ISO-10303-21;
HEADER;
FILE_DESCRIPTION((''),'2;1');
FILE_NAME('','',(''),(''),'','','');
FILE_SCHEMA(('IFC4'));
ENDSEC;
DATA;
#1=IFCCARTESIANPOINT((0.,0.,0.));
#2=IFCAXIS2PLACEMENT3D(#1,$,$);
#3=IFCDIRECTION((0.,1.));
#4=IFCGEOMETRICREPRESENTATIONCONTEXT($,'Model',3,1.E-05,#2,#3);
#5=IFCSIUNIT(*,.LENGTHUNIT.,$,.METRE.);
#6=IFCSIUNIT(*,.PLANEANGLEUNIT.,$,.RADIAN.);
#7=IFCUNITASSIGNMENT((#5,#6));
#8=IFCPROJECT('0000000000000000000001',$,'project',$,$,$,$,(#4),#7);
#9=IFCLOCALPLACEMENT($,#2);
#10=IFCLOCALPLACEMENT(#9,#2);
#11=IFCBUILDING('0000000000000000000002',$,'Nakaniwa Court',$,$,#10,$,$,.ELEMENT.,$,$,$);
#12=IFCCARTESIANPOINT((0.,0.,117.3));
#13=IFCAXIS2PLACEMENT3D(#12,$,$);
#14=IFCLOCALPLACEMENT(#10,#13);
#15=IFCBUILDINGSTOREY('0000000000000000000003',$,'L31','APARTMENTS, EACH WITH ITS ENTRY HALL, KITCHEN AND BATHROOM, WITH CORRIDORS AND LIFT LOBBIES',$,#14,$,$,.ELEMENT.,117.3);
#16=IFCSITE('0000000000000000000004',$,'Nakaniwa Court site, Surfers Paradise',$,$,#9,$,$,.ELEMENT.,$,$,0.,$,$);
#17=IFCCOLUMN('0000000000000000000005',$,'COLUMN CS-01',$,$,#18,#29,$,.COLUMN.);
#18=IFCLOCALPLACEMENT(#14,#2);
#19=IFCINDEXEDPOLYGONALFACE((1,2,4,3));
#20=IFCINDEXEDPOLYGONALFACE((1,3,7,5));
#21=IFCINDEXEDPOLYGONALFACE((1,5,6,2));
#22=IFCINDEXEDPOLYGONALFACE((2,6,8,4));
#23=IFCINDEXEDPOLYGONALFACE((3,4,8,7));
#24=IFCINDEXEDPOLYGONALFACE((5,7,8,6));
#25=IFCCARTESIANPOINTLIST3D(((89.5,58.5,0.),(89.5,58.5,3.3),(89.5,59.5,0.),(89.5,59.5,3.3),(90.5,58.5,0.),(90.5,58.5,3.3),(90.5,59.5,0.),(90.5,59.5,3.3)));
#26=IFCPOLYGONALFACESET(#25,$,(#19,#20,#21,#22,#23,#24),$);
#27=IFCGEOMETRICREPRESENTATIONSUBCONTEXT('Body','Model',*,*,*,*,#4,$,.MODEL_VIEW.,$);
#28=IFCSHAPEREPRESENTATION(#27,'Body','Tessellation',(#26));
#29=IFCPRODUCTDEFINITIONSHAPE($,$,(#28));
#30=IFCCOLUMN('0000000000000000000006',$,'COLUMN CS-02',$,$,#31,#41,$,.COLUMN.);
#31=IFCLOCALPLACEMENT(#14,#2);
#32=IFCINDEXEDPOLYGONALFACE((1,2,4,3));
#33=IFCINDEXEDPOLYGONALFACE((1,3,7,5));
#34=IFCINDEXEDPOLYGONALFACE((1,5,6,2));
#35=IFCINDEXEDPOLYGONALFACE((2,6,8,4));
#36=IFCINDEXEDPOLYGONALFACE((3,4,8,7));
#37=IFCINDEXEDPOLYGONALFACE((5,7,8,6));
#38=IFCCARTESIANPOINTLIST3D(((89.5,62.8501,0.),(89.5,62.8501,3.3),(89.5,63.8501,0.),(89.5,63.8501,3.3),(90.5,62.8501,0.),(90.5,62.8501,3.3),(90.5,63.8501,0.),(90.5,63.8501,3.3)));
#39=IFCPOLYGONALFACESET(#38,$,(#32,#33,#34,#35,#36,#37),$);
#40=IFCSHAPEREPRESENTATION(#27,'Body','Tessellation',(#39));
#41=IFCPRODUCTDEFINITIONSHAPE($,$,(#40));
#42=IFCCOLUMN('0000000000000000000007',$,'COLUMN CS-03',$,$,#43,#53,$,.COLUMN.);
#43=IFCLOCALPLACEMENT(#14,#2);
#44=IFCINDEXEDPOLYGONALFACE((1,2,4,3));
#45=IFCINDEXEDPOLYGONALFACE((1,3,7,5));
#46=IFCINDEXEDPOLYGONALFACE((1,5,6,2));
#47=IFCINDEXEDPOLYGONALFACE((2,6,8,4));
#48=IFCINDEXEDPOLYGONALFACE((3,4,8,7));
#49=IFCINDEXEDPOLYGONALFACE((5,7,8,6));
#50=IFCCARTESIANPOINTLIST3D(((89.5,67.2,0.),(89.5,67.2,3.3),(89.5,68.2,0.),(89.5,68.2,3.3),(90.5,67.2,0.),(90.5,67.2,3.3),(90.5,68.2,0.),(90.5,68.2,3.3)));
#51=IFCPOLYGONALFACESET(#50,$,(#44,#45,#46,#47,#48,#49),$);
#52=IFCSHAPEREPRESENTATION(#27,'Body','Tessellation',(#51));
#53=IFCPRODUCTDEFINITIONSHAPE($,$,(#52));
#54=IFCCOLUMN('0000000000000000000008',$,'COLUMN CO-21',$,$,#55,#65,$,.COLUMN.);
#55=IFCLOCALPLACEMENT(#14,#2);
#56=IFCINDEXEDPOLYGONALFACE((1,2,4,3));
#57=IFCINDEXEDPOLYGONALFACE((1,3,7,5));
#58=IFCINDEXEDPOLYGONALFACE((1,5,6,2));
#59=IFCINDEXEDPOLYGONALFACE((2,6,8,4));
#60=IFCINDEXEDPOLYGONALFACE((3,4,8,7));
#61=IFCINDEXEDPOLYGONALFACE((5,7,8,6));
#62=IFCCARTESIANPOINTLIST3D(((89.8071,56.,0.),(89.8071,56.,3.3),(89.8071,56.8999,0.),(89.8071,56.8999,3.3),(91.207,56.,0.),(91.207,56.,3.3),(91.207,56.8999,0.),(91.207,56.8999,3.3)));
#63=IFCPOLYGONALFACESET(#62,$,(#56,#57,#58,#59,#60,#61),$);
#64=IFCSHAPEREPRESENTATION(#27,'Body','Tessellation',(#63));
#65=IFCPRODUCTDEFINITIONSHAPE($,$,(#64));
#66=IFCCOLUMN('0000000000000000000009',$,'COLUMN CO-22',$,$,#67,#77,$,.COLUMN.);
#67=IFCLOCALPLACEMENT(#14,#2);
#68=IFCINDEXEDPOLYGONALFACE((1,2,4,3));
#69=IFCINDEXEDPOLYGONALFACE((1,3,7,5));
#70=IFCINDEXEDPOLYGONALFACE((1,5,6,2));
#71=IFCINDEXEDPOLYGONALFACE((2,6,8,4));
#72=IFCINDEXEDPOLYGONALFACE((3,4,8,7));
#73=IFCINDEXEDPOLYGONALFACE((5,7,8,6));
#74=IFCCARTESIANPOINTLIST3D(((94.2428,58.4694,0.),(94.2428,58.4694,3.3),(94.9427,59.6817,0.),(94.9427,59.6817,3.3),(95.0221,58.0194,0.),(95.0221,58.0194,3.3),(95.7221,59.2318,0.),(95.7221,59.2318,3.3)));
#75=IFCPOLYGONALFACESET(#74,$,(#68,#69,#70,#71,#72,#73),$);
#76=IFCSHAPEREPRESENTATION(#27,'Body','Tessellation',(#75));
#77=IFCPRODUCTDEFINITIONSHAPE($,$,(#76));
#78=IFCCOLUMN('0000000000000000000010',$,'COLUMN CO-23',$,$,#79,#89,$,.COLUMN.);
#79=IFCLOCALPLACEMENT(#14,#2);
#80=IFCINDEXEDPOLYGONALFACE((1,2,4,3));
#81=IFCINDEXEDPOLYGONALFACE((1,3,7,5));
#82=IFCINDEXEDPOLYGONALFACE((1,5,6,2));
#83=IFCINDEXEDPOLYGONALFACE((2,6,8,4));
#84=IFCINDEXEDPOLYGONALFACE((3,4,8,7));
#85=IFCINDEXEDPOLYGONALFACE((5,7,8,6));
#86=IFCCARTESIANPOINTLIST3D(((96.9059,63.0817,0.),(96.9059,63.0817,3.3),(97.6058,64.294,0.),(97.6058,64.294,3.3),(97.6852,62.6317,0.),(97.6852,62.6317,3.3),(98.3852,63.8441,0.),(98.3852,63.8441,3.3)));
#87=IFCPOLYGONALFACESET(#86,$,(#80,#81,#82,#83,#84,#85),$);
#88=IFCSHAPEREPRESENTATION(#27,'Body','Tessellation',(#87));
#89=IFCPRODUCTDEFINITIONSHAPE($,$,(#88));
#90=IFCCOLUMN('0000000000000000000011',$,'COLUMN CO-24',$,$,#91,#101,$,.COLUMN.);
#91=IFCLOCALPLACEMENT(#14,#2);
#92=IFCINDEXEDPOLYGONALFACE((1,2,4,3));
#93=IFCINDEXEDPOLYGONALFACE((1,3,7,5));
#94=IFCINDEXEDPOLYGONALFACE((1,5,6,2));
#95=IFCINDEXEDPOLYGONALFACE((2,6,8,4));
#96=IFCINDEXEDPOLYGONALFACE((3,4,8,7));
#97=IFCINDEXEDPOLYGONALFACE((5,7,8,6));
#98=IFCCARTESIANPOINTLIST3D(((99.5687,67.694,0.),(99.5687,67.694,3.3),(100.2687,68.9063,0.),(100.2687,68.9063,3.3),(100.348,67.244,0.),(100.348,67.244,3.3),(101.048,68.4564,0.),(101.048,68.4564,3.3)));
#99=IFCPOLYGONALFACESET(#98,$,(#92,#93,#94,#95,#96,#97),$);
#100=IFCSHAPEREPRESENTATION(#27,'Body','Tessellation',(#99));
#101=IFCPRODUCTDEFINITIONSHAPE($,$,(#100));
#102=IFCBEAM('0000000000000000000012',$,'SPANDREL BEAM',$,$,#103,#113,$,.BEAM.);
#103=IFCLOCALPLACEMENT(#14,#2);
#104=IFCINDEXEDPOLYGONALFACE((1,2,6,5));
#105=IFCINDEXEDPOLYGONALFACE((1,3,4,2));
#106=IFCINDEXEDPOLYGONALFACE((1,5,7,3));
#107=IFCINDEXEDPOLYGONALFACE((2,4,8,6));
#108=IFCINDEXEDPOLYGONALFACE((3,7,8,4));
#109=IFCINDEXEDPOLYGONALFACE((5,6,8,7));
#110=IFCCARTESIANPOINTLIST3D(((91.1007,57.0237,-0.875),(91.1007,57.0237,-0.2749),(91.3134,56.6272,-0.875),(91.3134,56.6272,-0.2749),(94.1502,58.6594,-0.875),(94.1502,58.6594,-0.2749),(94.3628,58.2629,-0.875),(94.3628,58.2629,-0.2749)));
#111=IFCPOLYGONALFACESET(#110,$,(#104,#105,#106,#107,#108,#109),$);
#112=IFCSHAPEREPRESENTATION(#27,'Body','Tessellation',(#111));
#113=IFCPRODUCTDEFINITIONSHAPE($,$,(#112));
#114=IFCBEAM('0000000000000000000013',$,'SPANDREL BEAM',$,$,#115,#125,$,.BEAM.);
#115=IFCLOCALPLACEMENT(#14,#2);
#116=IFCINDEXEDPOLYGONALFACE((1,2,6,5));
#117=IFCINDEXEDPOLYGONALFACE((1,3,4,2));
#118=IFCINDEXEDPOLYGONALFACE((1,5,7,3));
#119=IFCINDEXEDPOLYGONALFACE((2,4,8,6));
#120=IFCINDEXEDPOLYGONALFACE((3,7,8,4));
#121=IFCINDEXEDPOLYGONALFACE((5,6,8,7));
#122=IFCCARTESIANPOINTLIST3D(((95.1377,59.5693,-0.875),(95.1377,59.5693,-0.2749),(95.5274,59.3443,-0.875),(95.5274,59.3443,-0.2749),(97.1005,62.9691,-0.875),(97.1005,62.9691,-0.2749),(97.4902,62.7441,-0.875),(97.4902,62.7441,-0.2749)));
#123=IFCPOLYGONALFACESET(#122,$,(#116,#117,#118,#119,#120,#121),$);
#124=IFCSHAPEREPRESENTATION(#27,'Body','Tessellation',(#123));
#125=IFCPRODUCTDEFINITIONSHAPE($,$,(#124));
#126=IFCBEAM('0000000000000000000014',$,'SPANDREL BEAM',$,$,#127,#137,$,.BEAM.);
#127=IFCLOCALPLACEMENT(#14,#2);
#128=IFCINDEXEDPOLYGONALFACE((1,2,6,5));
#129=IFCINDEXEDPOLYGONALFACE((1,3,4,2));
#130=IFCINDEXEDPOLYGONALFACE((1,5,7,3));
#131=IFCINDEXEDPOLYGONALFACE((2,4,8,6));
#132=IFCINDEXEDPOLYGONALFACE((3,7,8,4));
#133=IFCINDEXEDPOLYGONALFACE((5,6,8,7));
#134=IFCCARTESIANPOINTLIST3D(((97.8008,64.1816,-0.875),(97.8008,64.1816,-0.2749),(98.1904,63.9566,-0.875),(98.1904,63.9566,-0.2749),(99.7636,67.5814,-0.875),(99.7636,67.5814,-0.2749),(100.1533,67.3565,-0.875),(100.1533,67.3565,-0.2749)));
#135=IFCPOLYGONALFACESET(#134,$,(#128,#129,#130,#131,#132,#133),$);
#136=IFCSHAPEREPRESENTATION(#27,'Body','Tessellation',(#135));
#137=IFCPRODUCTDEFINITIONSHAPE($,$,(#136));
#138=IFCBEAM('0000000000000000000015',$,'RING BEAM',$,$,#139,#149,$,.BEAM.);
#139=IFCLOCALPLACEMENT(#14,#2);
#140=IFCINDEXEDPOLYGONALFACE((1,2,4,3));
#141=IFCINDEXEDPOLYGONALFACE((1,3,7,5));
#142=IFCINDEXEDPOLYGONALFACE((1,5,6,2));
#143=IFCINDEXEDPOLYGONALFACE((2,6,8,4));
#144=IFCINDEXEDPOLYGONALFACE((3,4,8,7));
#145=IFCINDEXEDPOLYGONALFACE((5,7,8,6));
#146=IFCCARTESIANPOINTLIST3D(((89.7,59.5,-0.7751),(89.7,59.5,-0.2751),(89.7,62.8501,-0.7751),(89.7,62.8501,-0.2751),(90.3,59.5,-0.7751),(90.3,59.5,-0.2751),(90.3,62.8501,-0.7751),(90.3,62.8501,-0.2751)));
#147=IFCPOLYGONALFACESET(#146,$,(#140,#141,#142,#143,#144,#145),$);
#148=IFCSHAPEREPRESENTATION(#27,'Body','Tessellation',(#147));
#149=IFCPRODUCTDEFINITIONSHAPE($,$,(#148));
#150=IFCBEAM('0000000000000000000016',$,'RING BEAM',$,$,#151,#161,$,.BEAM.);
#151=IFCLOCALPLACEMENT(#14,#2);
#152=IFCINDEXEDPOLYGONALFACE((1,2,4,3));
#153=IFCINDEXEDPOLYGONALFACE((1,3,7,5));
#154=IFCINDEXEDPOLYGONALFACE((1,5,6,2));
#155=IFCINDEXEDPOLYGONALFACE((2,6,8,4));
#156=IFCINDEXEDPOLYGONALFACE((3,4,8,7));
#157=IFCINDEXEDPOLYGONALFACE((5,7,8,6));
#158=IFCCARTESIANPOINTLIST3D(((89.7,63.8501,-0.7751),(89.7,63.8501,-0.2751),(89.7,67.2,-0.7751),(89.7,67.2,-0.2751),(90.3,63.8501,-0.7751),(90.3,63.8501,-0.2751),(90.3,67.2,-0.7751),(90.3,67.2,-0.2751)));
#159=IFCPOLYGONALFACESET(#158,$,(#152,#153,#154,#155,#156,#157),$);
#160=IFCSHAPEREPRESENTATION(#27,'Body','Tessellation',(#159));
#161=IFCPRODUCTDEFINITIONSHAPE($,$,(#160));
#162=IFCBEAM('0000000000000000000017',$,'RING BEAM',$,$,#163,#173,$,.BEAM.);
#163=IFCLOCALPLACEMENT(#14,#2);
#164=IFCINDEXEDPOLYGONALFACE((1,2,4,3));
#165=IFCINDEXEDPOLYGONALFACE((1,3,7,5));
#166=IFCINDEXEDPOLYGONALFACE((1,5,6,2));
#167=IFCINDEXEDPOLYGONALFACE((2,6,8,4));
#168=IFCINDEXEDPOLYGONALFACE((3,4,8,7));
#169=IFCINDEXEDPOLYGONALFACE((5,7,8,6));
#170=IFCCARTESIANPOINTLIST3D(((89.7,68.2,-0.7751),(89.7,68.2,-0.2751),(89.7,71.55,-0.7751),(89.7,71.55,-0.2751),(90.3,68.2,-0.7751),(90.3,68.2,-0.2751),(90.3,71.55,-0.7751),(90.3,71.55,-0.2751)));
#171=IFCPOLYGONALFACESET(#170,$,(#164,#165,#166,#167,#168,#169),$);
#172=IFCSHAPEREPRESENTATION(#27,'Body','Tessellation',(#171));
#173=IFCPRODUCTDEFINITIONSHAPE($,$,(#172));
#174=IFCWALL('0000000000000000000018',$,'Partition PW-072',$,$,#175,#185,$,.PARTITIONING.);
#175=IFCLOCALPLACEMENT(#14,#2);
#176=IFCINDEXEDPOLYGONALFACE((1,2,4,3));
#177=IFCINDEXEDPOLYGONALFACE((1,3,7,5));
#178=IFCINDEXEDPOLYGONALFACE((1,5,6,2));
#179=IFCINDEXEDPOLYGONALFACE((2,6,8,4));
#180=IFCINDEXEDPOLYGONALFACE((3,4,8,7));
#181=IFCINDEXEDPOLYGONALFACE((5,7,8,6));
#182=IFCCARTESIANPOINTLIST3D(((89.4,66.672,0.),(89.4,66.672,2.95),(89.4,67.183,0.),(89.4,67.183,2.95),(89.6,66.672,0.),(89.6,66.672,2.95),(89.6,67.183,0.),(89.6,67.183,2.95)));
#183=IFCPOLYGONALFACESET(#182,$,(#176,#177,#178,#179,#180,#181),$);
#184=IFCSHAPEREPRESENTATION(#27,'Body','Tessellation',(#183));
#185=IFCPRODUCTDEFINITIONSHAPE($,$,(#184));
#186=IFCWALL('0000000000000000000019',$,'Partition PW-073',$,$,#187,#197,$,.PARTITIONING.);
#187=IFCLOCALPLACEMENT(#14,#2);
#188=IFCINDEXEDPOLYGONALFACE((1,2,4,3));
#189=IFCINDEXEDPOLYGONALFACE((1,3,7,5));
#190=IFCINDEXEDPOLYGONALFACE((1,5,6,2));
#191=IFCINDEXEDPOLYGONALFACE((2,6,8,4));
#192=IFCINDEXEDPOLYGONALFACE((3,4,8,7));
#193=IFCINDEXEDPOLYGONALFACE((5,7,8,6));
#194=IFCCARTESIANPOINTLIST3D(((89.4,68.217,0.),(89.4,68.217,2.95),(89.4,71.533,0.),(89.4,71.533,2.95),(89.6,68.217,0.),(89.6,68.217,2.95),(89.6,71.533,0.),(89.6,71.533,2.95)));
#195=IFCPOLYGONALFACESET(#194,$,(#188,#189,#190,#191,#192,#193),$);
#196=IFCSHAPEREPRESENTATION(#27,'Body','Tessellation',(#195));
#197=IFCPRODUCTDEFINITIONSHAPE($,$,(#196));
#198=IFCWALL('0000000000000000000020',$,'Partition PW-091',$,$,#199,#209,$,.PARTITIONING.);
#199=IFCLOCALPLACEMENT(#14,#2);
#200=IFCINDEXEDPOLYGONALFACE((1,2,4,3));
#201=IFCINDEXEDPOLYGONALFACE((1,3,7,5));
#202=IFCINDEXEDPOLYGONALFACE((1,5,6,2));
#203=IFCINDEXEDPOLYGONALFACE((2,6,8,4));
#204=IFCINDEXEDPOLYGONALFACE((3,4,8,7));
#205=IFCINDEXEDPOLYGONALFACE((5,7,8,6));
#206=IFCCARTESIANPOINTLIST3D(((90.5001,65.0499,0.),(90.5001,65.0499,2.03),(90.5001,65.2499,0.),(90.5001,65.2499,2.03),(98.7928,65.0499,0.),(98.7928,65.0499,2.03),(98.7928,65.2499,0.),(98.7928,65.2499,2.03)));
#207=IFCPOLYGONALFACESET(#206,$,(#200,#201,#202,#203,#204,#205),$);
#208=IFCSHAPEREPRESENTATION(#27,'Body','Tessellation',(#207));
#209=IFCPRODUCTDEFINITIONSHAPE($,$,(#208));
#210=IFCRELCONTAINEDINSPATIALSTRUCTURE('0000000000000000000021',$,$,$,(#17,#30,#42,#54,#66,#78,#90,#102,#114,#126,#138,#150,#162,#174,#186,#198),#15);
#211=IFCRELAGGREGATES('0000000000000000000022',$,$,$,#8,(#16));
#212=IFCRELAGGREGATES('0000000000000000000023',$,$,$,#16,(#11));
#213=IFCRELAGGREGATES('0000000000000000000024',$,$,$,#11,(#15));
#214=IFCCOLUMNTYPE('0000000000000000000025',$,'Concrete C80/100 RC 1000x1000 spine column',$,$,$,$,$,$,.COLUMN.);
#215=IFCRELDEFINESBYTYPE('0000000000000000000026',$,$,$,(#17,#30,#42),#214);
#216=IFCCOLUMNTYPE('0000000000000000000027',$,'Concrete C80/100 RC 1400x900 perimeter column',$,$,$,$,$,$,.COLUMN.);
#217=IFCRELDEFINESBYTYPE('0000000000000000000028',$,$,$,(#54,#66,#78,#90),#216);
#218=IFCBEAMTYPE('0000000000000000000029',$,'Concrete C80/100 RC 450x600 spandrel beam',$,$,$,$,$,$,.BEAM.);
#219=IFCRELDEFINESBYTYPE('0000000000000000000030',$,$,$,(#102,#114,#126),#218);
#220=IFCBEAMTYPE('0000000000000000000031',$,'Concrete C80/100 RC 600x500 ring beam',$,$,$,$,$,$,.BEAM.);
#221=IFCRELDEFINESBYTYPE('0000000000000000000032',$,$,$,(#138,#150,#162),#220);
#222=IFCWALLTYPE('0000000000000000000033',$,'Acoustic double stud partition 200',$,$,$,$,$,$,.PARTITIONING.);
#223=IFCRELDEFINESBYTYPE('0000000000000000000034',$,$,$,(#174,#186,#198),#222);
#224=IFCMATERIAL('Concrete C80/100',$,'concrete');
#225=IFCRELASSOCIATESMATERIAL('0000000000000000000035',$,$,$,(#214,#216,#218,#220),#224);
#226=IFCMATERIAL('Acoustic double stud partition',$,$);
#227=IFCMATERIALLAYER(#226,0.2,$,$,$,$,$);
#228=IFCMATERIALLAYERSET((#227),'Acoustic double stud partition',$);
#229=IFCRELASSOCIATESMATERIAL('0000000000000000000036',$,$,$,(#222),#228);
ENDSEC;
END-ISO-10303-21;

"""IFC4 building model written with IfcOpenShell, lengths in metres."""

from ifc_helpers import new_model, si_unit, direction, frame, frame_2d, origin, origin_2d, place, context, subcontext, project, spatial, rectangle, extrude, material, layer, layer_set, material_profile, profile_set, type_object, element, save


model = new_model("IFC4")

# Units and contexts
model_context = context("Model", 3, precision=1e-05, world=origin(), true_north=direction((0.0, 1.0)))
body_context = subcontext(model_context, "Body", "Model", "MODEL_VIEW")
ifc_project = project(units=[si_unit("LENGTHUNIT", "METRE"), si_unit("PLANEANGLEUNIT", "RADIAN")], contexts=[model_context])

# Site, building, storey
site_placement = place(None, origin())
site = spatial("IfcSite", under=ifc_project, at=site_placement, Name="Nakaniwa Court site, Surfers Paradise", CompositionType="ELEMENT", RefElevation=0.0)
building_placement = place(site_placement, origin())
building = spatial("IfcBuilding", under=site, at=building_placement, Name="Nakaniwa Court", CompositionType="ELEMENT")
storey_placement = place(building_placement, frame((0.0, 0.0, 117.3)))
storey = spatial("IfcBuildingStorey", under=building, at=storey_placement, Name="L31", Description="APARTMENTS, EACH WITH ITS ENTRY HALL, KITCHEN AND BATHROOM, WITH CORRIDORS AND LIFT LOBBIES", CompositionType="ELEMENT", Elevation=117.3)

# Columns
ifc_material_1 = material(Name="Concrete C80/100", Category="concrete")
ifc_material_profile_1 = material_profile(ifc_material_1, rectangle(XDim=1.0, YDim=1.0, at=origin_2d()), Name="Concrete C80/100 RC 1000x1000 spine column")
ifc_profile_set_1 = profile_set([ifc_material_profile_1], Name="Concrete C80/100")
column_type_1 = type_object("IfcColumnType", Name="Concrete C80/100 RC 1000x1000 spine column", PredefinedType="COLUMN", material=ifc_profile_set_1)
for number, where, z_axis, x_axis, name in (
    (1, (90.0, 59.0, 0.0), (0.0, 0.0, 1.0), (0.0, 1.0, 0.0), "COLUMN CS-01"),
    (2, (90.0, 63.3501, 0.0), (0.0, 0.0, 1.0), (0.0, 1.0, 0.0), "COLUMN CS-02"),
    (3, (90.0, 67.7, 0.0), (0.0, 0.0, 1.0), (0.0, 1.0, 0.0), "COLUMN CS-03"),
):
    element("IfcColumn", number, at=place(storey_placement, frame(where, z_axis=z_axis, x_axis=x_axis)), inside=storey, type_object=column_type_1, Name=name, PredefinedType="COLUMN", context=body_context, shape_type="SweptSolid", body=[
        extrude(rectangle(XDim=1.0, YDim=1.0, at=origin_2d()), origin(), (0.0, 0.0, 1.0), 3.3),
    ])
ifc_material_profile_2 = material_profile(ifc_material_1, rectangle(XDim=1.3999, YDim=0.8999, at=origin_2d()), Name="Concrete C80/100 RC 1400x900 perimeter column")
ifc_profile_set_2 = profile_set([ifc_material_profile_2], Name="Concrete C80/100")
column_type_2 = type_object("IfcColumnType", Name="Concrete C80/100 RC 1400x900 perimeter column", PredefinedType="COLUMN", material=ifc_profile_set_2)
for number, where, z_axis, x_axis, name in (
    (4, (90.5071, 56.45, 0.0), (0.0, 0.0, 1.0), (1.0, 0.0, 0.0), "COLUMN CO-21"),
    (5, (94.9824, 58.8506, 0.0), (0.0, 0.0, 1.0), (0.5, 0.866025, 0.0), "COLUMN CO-22"),
    (6, (97.6455, 63.4629, 0.0), (0.0, 0.0, 1.0), (0.5, 0.866025, 0.0), "COLUMN CO-23"),
    (7, (100.3083, 68.0752, 0.0), (0.0, 0.0, 1.0), (0.5, 0.866025, 0.0), "COLUMN CO-24"),
):
    element("IfcColumn", number, at=place(storey_placement, frame(where, z_axis=z_axis, x_axis=x_axis)), inside=storey, type_object=column_type_2, Name=name, PredefinedType="COLUMN", context=body_context, shape_type="SweptSolid", body=[
        extrude(rectangle(XDim=1.3999, YDim=0.8999, at=origin_2d()), origin(), (0.0, 0.0, 1.0), 3.3),
    ])

# Beams
ifc_material_profile_3 = material_profile(ifc_material_1, rectangle(XDim=0.45, YDim=0.6001, at=origin_2d()), Name="Concrete C80/100 RC 450x600 spandrel beam")
ifc_profile_set_3 = profile_set([ifc_material_profile_3], Name="Concrete C80/100")
beam_type_1 = type_object("IfcBeamType", Name="Concrete C80/100 RC 450x600 spandrel beam", PredefinedType="BEAM", material=ifc_profile_set_3)
beam_1_placement = place(storey_placement, frame((91.207, 56.8254, -0.575), z_axis=(0.881233, 0.472681, 0.0), x_axis=(-0.472681, 0.881233, 0.0)))
element("IfcBeam", 8, at=beam_1_placement, inside=storey, type_object=beam_type_1, Name="SPANDREL BEAM", PredefinedType="BEAM", context=body_context, shape_type="SweptSolid", body=[
    extrude(rectangle(XDim=0.45, YDim=0.6001, at=origin_2d()), origin(), (0.0, 0.0, 1.0), 3.4604),
])
for number, where, z_axis, x_axis, name in (
    (9, (95.3325, 59.4568, -0.575), (0.499992, 0.86603, 0.0), (-0.86603, 0.499992, 0.0), "SPANDREL BEAM"),
    (10, (97.9956, 64.0691, -0.575), (0.499992, 0.86603, 0.0), (-0.86603, 0.499992, 0.0), "SPANDREL BEAM"),
):
    element("IfcBeam", number, at=place(storey_placement, frame(where, z_axis=z_axis, x_axis=x_axis)), inside=storey, type_object=beam_type_1, Name=name, PredefinedType="BEAM", context=body_context, shape_type="SweptSolid", body=[
        extrude(rectangle(XDim=0.45, YDim=0.6001, at=origin_2d()), origin(), (0.0, 0.0, 1.0), 3.9258),
    ])
ifc_material_profile_4 = material_profile(ifc_material_1, rectangle(XDim=0.6001, YDim=0.5, at=origin_2d()), Name="Concrete C80/100 RC 600x500 ring beam")
ifc_profile_set_4 = profile_set([ifc_material_profile_4], Name="Concrete C80/100")
beam_type_2 = type_object("IfcBeamType", Name="Concrete C80/100 RC 600x500 ring beam", PredefinedType="BEAM", material=ifc_profile_set_4)
beam_2_placement = place(storey_placement, frame((90.0, 59.5, -0.5251), z_axis=(0.0, 1.0, 0.0), x_axis=(-1.0, 0.0, 0.0)))
element("IfcBeam", 11, at=beam_2_placement, inside=storey, type_object=beam_type_2, Name="RING BEAM", PredefinedType="BEAM", context=body_context, shape_type="SweptSolid", body=[
    extrude(rectangle(XDim=0.6001, YDim=0.5, at=origin_2d()), origin(), (0.0, 0.0, 1.0), 3.3501),
])
beam_3_placement = place(storey_placement, frame((90.0, 63.8501, -0.5251), z_axis=(0.0, 1.0, 0.0), x_axis=(-1.0, 0.0, 0.0)))
element("IfcBeam", 12, at=beam_3_placement, inside=storey, type_object=beam_type_2, Name="RING BEAM", PredefinedType="BEAM", context=body_context, shape_type="SweptSolid", body=[
    extrude(rectangle(XDim=0.6001, YDim=0.5, at=origin_2d()), origin(), (0.0, 0.0, 1.0), 3.3499),
])
beam_4_placement = place(storey_placement, frame((90.0, 68.2, -0.5251), z_axis=(0.0, 1.0, 0.0), x_axis=(-1.0, 0.0, 0.0)))
element("IfcBeam", 13, at=beam_4_placement, inside=storey, type_object=beam_type_2, Name="RING BEAM", PredefinedType="BEAM", context=body_context, shape_type="SweptSolid", body=[
    extrude(rectangle(XDim=0.6001, YDim=0.5, at=origin_2d()), origin(), (0.0, 0.0, 1.0), 3.3501),
])

# Walls
ifc_material_2 = material(Name="Acoustic double stud partition")
ifc_layer_1 = layer(ifc_material_2, 0.2)
ifc_layer_set_1 = layer_set([ifc_layer_1], Name="Acoustic double stud partition")
wall_type_1 = type_object("IfcWallType", Name="Acoustic double stud partition 200", PredefinedType="PARTITIONING", material=ifc_layer_set_1)
wall_1_placement = place(storey_placement, frame((89.5, 66.6721, 0.0), z_axis=(0.0, 0.0, 1.0), x_axis=(0.0, 1.0, 0.0)))
element("IfcWall", 14, at=wall_1_placement, inside=storey, type_object=wall_type_1, Name="Partition PW-072", PredefinedType="PARTITIONING", context=body_context, shape_type="SweptSolid", body=[
    extrude(rectangle(XDim=0.511, YDim=0.2, at=frame_2d((0.2554, 0.0))), origin(), (0.0, 0.0, 1.0), 2.95),
])
wall_2_placement = place(storey_placement, frame((89.5, 68.217, 0.0), z_axis=(0.0, 0.0, 1.0), x_axis=(0.0, 1.0, 0.0)))
element("IfcWall", 15, at=wall_2_placement, inside=storey, type_object=wall_type_1, Name="Partition PW-073", PredefinedType="PARTITIONING", context=body_context, shape_type="SweptSolid", body=[
    extrude(rectangle(XDim=3.3159, YDim=0.2, at=frame_2d((1.658, 0.0))), origin(), (0.0, 0.0, 1.0), 2.95),
])
wall_3_placement = place(storey_placement, frame((90.5, 65.1499, 0.0), z_axis=(0.0, 0.0, 1.0), x_axis=(1.0, 0.0, 0.0)))
element("IfcWall", 16, at=wall_3_placement, inside=storey, type_object=wall_type_1, Name="Partition PW-091", PredefinedType="PARTITIONING", context=body_context, shape_type="SweptSolid", body=[
    extrude(rectangle(XDim=8.2927, YDim=0.2, at=frame_2d((4.1465, 0.0))), origin(), (0.0, 0.0, 1.0), 2.03),
])

save(model, "model.ifc")
